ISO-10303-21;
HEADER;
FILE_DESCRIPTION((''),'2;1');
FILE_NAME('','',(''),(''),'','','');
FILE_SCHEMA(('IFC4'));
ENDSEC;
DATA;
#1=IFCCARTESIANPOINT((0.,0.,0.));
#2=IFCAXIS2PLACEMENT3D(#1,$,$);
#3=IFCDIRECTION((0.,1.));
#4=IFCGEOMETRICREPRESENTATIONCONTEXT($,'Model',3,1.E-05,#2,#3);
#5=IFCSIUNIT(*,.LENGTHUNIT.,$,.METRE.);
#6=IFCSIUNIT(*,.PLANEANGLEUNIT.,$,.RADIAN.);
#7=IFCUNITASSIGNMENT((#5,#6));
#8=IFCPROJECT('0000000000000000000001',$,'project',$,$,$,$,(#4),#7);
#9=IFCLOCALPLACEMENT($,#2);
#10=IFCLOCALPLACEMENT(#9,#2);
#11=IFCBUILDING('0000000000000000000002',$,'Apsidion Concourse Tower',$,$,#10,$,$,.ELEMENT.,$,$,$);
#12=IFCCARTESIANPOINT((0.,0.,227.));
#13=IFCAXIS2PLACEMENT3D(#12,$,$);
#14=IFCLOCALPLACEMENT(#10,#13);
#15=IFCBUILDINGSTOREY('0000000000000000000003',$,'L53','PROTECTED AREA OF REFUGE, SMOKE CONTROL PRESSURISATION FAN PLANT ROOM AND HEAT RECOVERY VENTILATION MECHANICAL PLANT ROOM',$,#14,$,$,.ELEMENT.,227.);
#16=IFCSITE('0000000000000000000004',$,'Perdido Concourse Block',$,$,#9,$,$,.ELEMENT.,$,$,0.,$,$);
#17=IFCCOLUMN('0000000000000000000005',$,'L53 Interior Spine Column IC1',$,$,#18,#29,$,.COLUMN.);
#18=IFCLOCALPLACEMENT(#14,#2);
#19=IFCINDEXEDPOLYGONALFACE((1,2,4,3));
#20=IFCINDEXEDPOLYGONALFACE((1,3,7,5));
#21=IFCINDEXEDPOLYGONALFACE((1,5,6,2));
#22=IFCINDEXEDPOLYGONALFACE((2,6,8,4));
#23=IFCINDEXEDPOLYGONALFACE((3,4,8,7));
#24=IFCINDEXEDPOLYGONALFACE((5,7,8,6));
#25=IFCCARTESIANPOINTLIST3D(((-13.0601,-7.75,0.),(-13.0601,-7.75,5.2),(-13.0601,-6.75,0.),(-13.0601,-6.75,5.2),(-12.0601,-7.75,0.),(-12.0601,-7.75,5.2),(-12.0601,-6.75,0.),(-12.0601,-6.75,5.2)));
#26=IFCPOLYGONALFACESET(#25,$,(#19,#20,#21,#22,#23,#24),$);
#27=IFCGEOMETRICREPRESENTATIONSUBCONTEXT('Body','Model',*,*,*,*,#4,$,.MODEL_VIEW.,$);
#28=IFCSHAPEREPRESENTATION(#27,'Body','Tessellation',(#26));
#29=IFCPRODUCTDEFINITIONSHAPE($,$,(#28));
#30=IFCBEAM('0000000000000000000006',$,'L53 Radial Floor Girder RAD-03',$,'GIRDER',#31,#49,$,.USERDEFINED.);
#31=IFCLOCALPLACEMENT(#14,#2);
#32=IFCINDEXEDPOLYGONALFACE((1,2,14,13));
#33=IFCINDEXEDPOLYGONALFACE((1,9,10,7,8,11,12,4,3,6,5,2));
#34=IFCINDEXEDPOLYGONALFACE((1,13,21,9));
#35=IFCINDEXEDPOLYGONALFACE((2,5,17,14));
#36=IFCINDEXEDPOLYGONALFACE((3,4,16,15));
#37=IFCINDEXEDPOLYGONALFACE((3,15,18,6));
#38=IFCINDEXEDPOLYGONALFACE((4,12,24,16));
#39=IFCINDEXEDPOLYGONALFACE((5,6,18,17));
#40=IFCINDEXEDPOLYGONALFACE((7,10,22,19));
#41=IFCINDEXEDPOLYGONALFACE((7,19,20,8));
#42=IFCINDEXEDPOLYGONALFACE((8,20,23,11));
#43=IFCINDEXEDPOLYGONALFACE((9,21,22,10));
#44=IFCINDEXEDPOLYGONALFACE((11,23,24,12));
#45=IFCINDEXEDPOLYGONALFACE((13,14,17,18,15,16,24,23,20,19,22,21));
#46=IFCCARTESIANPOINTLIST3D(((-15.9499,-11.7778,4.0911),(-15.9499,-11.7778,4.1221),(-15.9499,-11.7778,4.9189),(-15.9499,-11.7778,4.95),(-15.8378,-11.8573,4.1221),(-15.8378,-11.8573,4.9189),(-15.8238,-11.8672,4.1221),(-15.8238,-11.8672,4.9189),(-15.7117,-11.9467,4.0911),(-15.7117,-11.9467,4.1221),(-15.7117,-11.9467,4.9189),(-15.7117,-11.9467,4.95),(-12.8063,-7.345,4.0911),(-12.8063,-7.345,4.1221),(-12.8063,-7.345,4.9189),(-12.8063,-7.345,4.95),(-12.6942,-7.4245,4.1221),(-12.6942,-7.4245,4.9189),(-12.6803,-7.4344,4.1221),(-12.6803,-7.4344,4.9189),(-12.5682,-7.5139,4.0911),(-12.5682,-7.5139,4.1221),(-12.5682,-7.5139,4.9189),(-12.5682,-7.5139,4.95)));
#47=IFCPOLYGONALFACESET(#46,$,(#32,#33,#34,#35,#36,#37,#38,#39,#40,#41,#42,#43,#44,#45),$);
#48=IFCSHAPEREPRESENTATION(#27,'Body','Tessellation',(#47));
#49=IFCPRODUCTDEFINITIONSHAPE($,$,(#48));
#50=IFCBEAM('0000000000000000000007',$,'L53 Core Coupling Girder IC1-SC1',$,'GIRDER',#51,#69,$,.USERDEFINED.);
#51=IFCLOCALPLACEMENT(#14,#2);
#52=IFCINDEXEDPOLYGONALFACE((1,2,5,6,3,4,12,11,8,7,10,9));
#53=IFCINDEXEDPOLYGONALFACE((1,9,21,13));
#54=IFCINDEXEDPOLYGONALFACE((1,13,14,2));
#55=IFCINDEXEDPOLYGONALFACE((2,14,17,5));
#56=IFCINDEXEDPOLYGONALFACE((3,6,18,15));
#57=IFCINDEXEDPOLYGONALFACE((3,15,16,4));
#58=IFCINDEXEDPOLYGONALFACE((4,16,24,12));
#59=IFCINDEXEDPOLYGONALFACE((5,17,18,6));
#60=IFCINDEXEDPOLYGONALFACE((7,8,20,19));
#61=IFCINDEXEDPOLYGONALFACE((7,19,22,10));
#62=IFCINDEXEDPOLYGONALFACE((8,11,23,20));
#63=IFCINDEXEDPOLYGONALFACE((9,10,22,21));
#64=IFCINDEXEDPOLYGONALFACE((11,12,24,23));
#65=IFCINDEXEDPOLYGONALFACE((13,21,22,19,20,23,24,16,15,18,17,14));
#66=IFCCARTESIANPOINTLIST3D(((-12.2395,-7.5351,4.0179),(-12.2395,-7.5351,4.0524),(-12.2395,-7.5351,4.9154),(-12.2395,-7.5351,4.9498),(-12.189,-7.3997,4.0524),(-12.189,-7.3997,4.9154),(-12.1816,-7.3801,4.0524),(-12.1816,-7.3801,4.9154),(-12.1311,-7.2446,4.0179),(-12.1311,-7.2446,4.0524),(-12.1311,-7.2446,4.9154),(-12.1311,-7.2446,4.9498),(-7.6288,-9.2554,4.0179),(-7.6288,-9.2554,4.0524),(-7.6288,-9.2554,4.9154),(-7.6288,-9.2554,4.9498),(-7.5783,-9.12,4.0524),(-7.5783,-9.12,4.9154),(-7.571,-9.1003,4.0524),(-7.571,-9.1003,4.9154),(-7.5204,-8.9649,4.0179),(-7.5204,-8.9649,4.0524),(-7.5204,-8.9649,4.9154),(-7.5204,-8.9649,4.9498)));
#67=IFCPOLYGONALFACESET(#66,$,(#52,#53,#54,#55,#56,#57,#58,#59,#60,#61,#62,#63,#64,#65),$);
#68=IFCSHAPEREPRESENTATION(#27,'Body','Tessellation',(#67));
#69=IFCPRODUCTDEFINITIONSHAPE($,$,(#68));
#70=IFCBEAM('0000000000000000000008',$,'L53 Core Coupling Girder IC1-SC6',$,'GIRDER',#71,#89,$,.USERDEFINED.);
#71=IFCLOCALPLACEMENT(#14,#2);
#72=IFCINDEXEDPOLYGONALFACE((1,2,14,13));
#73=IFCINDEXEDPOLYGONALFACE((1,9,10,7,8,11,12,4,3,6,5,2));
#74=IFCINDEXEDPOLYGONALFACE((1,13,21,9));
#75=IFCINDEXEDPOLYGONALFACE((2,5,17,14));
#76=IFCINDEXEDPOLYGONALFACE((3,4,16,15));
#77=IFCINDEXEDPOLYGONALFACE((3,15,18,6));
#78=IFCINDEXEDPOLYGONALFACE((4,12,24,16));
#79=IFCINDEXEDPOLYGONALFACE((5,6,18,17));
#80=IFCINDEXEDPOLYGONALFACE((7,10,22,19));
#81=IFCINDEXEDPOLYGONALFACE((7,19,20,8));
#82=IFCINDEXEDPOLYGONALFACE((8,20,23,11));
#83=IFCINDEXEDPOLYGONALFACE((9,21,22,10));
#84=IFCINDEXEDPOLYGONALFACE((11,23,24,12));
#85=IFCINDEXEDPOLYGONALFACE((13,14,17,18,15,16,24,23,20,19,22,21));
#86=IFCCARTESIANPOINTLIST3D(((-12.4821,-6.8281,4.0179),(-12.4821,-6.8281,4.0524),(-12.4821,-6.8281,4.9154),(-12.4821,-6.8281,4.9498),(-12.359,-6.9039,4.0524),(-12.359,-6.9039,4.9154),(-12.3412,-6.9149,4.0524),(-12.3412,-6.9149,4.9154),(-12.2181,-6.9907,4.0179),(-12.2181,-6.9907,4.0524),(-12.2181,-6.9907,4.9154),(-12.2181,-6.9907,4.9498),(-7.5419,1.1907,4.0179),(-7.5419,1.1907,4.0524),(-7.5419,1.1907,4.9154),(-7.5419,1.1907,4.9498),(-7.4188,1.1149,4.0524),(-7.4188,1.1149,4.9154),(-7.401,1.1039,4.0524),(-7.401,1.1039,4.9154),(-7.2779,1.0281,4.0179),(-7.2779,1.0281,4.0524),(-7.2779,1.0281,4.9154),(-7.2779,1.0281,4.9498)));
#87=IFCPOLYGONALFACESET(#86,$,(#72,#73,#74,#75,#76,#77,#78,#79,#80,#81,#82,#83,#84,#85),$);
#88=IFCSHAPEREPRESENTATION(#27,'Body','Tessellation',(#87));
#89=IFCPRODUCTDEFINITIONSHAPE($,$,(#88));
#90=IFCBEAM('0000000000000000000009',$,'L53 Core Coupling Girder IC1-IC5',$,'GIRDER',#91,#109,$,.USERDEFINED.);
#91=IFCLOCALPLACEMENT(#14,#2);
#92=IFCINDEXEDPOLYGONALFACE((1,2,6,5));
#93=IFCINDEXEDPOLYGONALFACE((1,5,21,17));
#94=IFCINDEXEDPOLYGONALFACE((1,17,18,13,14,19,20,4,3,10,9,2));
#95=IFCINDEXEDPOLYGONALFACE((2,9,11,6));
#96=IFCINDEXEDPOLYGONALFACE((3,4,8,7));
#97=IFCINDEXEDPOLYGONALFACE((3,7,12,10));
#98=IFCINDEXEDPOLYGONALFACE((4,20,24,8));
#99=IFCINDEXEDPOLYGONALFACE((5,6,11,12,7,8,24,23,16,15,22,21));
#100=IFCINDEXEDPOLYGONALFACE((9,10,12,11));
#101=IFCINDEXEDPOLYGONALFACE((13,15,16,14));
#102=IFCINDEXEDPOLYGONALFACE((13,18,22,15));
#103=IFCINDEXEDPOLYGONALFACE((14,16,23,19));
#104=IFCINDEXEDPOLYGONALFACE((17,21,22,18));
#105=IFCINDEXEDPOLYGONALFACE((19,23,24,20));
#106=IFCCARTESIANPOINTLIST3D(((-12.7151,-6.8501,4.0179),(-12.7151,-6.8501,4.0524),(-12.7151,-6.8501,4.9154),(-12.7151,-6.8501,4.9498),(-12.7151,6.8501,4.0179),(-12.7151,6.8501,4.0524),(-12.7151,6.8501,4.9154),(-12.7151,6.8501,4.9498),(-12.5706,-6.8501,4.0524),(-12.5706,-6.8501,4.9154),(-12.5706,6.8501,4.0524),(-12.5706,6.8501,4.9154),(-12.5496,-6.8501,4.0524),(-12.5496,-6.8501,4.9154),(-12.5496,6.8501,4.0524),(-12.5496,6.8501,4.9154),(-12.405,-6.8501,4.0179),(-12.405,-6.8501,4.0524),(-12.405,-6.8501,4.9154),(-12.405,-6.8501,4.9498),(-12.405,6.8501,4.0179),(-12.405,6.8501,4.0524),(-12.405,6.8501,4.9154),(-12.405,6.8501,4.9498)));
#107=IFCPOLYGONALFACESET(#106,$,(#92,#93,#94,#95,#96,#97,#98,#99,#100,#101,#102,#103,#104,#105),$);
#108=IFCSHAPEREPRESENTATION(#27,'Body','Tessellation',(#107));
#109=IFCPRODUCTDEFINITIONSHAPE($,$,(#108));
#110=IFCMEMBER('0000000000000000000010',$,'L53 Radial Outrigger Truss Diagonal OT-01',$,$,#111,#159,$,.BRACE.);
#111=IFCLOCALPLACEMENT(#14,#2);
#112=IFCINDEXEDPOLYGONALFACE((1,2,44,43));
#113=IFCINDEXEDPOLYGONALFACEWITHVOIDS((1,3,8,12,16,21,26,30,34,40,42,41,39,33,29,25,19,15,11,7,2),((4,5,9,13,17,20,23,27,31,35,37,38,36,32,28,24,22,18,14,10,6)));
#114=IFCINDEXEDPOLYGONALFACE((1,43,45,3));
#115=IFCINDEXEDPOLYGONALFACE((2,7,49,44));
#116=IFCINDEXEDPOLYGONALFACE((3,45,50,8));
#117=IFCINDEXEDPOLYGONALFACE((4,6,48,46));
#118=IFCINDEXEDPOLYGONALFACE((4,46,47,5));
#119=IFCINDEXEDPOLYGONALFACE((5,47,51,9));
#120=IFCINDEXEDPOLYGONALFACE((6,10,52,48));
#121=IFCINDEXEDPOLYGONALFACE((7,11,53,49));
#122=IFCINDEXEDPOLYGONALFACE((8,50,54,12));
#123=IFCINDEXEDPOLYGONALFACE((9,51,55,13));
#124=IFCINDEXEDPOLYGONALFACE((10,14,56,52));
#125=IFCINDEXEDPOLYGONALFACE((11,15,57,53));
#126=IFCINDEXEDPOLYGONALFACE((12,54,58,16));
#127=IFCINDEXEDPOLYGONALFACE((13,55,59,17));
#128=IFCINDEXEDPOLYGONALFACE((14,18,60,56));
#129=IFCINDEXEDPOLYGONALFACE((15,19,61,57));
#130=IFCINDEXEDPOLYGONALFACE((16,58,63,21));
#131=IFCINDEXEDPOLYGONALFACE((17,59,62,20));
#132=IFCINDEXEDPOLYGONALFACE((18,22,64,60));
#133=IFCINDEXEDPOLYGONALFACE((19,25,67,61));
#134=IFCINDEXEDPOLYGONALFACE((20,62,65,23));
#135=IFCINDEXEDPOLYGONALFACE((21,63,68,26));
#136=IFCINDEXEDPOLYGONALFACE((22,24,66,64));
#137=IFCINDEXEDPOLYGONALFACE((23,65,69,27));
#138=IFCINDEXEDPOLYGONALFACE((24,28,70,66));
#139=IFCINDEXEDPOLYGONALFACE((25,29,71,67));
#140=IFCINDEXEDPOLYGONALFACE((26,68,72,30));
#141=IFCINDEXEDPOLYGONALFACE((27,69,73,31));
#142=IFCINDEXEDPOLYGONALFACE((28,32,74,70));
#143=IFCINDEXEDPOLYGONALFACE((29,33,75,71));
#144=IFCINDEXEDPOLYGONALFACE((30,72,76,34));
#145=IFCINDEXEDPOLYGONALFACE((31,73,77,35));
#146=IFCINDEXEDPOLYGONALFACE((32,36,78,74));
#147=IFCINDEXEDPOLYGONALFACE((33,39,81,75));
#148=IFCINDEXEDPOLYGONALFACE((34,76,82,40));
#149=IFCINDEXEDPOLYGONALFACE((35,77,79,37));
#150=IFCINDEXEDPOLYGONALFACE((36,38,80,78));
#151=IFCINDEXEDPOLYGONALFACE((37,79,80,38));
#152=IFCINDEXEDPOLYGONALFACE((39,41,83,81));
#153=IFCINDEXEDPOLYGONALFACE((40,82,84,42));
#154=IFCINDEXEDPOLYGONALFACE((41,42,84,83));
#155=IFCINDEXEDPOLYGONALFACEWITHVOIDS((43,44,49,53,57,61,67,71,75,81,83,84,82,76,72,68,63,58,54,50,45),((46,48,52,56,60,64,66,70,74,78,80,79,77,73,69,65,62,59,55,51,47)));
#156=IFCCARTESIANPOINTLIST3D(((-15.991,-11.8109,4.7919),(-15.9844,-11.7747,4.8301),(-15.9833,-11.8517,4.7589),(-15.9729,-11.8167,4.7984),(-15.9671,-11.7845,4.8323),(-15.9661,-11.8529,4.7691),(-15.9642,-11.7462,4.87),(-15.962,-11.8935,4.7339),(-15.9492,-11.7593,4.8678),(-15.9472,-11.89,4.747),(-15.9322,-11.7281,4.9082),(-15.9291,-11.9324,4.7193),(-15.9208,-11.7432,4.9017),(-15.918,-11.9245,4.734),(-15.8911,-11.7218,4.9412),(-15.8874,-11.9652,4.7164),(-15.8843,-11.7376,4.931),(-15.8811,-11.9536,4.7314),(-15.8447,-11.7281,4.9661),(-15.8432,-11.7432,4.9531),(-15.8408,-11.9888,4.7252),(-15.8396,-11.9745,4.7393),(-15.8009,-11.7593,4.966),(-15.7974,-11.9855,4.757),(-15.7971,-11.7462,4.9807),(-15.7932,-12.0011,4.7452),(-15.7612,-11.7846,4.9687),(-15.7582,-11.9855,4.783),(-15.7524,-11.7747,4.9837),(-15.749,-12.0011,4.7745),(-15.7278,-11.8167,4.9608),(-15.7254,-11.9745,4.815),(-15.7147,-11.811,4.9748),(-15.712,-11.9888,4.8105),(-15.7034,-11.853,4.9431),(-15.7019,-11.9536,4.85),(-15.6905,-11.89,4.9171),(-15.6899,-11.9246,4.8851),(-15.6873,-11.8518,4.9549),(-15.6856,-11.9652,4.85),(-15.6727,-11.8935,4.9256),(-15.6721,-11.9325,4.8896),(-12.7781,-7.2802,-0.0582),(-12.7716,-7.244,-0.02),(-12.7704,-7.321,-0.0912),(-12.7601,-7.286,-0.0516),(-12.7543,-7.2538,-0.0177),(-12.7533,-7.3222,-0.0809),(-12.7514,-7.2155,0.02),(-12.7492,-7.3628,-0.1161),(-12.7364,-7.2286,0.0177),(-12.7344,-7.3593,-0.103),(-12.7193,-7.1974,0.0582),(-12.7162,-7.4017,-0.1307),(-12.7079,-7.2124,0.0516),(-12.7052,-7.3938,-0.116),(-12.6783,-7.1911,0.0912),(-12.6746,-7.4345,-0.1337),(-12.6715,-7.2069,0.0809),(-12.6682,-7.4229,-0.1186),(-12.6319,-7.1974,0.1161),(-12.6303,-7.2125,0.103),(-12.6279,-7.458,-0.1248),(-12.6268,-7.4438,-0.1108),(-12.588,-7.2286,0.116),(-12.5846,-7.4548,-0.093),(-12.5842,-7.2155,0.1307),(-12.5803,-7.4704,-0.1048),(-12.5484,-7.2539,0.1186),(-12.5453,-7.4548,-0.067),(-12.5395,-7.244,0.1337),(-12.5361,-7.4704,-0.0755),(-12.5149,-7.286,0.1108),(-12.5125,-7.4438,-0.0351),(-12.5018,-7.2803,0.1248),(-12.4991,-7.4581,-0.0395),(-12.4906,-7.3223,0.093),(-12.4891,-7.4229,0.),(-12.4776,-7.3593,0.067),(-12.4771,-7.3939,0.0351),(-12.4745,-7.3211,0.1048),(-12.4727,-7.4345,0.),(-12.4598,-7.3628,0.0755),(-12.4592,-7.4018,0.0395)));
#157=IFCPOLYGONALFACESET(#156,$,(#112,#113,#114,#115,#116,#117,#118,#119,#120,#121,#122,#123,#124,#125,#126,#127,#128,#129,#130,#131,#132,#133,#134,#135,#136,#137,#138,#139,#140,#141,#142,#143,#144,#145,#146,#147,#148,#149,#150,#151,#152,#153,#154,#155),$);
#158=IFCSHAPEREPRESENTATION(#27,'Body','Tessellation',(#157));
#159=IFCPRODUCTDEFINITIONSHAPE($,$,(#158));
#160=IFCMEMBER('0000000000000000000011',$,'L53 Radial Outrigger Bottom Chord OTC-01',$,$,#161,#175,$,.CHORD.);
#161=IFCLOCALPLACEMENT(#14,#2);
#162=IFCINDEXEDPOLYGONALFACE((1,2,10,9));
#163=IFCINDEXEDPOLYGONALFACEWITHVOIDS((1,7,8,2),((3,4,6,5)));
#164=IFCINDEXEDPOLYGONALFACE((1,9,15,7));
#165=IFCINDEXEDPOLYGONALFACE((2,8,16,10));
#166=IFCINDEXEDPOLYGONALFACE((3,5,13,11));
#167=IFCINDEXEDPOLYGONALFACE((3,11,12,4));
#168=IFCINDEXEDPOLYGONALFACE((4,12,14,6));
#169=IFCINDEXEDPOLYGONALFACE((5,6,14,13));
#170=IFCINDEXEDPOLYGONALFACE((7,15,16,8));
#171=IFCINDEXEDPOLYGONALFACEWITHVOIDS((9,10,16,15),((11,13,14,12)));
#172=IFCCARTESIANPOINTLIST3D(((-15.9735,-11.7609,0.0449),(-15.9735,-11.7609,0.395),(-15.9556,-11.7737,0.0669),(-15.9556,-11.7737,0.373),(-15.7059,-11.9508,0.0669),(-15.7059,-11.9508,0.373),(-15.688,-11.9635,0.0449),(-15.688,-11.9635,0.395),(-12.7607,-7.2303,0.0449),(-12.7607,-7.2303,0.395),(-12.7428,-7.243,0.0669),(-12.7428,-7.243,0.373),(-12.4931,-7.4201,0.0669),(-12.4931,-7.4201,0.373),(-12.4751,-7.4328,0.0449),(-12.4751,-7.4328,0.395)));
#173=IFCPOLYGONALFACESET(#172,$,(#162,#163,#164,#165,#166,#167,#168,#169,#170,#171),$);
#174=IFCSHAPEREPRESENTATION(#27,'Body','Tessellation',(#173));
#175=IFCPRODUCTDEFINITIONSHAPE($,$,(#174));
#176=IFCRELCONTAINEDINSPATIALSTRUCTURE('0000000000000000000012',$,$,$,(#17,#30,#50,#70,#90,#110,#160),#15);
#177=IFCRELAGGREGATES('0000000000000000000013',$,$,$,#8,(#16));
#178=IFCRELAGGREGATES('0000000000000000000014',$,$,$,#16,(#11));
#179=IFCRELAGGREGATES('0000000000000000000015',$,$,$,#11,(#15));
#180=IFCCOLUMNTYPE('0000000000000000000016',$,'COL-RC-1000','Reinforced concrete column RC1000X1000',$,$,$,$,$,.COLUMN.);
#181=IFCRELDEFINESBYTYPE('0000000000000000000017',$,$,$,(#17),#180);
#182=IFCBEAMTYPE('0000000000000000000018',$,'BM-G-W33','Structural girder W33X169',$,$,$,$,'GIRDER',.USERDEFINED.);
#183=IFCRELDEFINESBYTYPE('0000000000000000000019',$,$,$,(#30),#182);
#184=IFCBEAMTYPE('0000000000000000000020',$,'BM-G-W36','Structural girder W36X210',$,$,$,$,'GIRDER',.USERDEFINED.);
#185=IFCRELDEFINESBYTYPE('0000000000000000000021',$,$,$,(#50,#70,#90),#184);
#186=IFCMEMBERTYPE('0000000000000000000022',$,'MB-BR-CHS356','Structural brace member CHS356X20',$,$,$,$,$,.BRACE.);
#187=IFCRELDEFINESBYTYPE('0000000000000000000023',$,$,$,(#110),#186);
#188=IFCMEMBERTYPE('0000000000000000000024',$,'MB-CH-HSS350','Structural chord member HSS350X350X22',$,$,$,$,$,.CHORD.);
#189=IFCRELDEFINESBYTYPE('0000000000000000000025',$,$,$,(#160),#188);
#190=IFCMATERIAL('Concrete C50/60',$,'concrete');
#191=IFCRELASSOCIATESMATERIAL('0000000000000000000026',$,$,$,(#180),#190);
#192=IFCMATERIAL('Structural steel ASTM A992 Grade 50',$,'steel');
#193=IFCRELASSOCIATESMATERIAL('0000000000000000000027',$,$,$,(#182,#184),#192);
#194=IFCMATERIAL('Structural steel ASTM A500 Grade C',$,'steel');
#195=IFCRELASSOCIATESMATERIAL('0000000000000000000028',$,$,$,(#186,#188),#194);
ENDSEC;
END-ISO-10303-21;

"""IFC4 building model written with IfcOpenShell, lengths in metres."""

from ifc_helpers import new_model, si_unit, direction, frame, origin, origin_2d, place, context, subcontext, project, spatial, rectangle, hollow_rectangle, hollow_circle, i_section, extrude, material, material_profile, profile_set, type_object, element, save


model = new_model("IFC4")

# Units and contexts
model_context = context("Model", 3, precision=1e-05, world=origin(), true_north=direction((0.0, 1.0)))
body_context = subcontext(model_context, "Body", "Model", "MODEL_VIEW")
ifc_project = project(units=[si_unit("LENGTHUNIT", "METRE"), si_unit("PLANEANGLEUNIT", "RADIAN")], contexts=[model_context])

# Site, building, storey
site_placement = place(None, origin())
site = spatial("IfcSite", under=ifc_project, at=site_placement, Name="Perdido Concourse Block", CompositionType="ELEMENT", RefElevation=0.0)
building_placement = place(site_placement, origin())
building = spatial("IfcBuilding", under=site, at=building_placement, Name="Apsidion Concourse Tower", CompositionType="ELEMENT")
storey_placement = place(building_placement, frame((0.0, 0.0, 227.0)))
storey = spatial("IfcBuildingStorey", under=building, at=storey_placement, Name="L53", Description="PROTECTED AREA OF REFUGE, SMOKE CONTROL PRESSURISATION FAN PLANT ROOM AND HEAT RECOVERY VENTILATION MECHANICAL PLANT ROOM", CompositionType="ELEMENT", Elevation=227.0)

# Column
ifc_material_1 = material(Name="Concrete C50/60", Category="concrete")
ifc_material_profile_1 = material_profile(ifc_material_1, rectangle(XDim=1.0, YDim=1.0, at=origin_2d()), Name="RC 1000x1000")
ifc_profile_set_1 = profile_set([ifc_material_profile_1], Name="Concrete C50/60")
column_type = type_object("IfcColumnType", Name="COL-RC-1000", Description="Reinforced concrete column RC1000X1000", PredefinedType="COLUMN", material=ifc_profile_set_1)
column_placement = place(storey_placement, frame((-12.5601, -7.25, 0.0), z_axis=(0.0, 0.0, 1.0), x_axis=(1.0, 0.0, 0.0)))
element("IfcColumn", 1, at=column_placement, inside=storey, type_object=column_type, Name="L53 Interior Spine Column IC1", PredefinedType="COLUMN", context=body_context, shape_type="SweptSolid", body=[
    extrude(rectangle(XDim=1.0, YDim=1.0, at=origin_2d()), origin(), (0.0, 0.0, 1.0), 5.2),
])

# Beams
ifc_material_2 = material(Name="Structural steel ASTM A992 Grade 50", Category="steel")
ifc_material_profile_2 = material_profile(ifc_material_2, i_section(OverallWidth=0.292, OverallDepth=0.8589, WebThickness=0.0171, FlangeThickness=0.031, at=origin_2d()), Name="W33X169")
ifc_profile_set_2 = profile_set([ifc_material_profile_2], Name="Structural steel ASTM A992 Grade 50")
beam_type_1 = type_object("IfcBeamType", Name="BM-G-W33", Description="Structural girder W33X169", ElementType="GIRDER", PredefinedType="USERDEFINED", material=ifc_profile_set_2)
beam_1_placement = place(storey_placement, frame((-12.6873, -7.4294, 4.5205), z_axis=(-0.57846, -0.815711, 0.0), x_axis=(0.815711, -0.57846, 0.0)))
element("IfcBeam", 2, at=beam_1_placement, inside=storey, type_object=beam_type_1, Name="L53 Radial Floor Girder RAD-03", ObjectType="GIRDER", PredefinedType="USERDEFINED", context=body_context, shape_type="SweptSolid", body=[
    extrude(i_section(OverallWidth=0.292, OverallDepth=0.8589, WebThickness=0.0171, FlangeThickness=0.031, at=origin_2d()), origin(), (0.0, 0.0, 1.0), 5.4343),
])
ifc_material_profile_3 = material_profile(ifc_material_2, i_section(OverallWidth=0.3101, OverallDepth=0.9319, WebThickness=0.021, FlangeThickness=0.0344, at=origin_2d()), Name="W36X210")
ifc_profile_set_3 = profile_set([ifc_material_profile_3], Name="Structural steel ASTM A992 Grade 50")
beam_type_2 = type_object("IfcBeamType", Name="BM-G-W36", Description="Structural girder W36X210", ElementType="GIRDER", PredefinedType="USERDEFINED", material=ifc_profile_set_3)
beam_2_placement = place(storey_placement, frame((-12.1853, -7.3899, 4.4839), z_axis=(0.936913, -0.349563, 0.0), x_axis=(0.349563, 0.936913, 0.0)))
element("IfcBeam", 3, at=beam_2_placement, inside=storey, type_object=beam_type_2, Name="L53 Core Coupling Girder IC1-SC1", ObjectType="GIRDER", PredefinedType="USERDEFINED", context=body_context, shape_type="SweptSolid", body=[
    extrude(i_section(OverallWidth=0.3101, OverallDepth=0.9319, WebThickness=0.021, FlangeThickness=0.0344, at=origin_2d()), origin(), (0.0, 0.0, 1.0), 4.9211),
])
beam_3_placement = place(storey_placement, frame((-12.3501, -6.9094, 4.4839), z_axis=(0.524524, 0.851396, 0.0), x_axis=(-0.851396, 0.524524, 0.0)))
element("IfcBeam", 4, at=beam_3_placement, inside=storey, type_object=beam_type_2, Name="L53 Core Coupling Girder IC1-SC6", ObjectType="GIRDER", PredefinedType="USERDEFINED", context=body_context, shape_type="SweptSolid", body=[
    extrude(i_section(OverallWidth=0.3101, OverallDepth=0.9319, WebThickness=0.021, FlangeThickness=0.0344, at=origin_2d()), origin(), (0.0, 0.0, 1.0), 9.4185),
])
beam_4_placement = place(storey_placement, frame((-12.5601, -6.8501, 4.4839), z_axis=(0.0, 1.0, 0.0), x_axis=(-1.0, 0.0, 0.0)))
element("IfcBeam", 5, at=beam_4_placement, inside=storey, type_object=beam_type_2, Name="L53 Core Coupling Girder IC1-IC5", ObjectType="GIRDER", PredefinedType="USERDEFINED", context=body_context, shape_type="SweptSolid", body=[
    extrude(i_section(OverallWidth=0.3101, OverallDepth=0.9319, WebThickness=0.021, FlangeThickness=0.0344, at=origin_2d()), origin(), (0.0, 0.0, 1.0), 13.7002),
])

# Members
ifc_material_3 = material(Name="Structural steel ASTM A500 Grade C", Category="steel")
ifc_material_profile_4 = material_profile(ifc_material_3, hollow_circle(Radius=0.178, WallThickness=0.02, at=origin_2d()), Name="CHS356X20")
ifc_profile_set_4 = profile_set([ifc_material_profile_4], Name="Structural steel ASTM A500 Grade C")
member_type_1 = type_object("IfcMemberType", Name="MB-BR-CHS356", Description="Structural brace member CHS356X20", PredefinedType="BRACE", material=ifc_profile_set_4)
member_1_placement = place(storey_placement, frame((-12.6179, -7.3315, 0.0), z_axis=(-0.435713, -0.614435, 0.657741), x_axis=(0.815719, -0.578449, 0.0)))
element("IfcMember", 6, at=member_1_placement, inside=storey, type_object=member_type_1, Name="L53 Radial Outrigger Truss Diagonal OT-01", PredefinedType="BRACE", context=body_context, shape_type="SweptSolid", body=[
    extrude(hollow_circle(Radius=0.178, WallThickness=0.02, at=origin_2d()), origin(), (0.0, 0.0, 1.0), 7.3738),
])
ifc_material_profile_5 = material_profile(ifc_material_3, hollow_rectangle(XDim=0.3501, YDim=0.3501, WallThickness=0.022, at=origin_2d()), Name="HSS350X350X22")
ifc_profile_set_5 = profile_set([ifc_material_profile_5], Name="Structural steel ASTM A500 Grade C")
member_type_2 = type_object("IfcMemberType", Name="MB-CH-HSS350", Description="Structural chord member HSS350X350X22", PredefinedType="CHORD", material=ifc_profile_set_5)
member_2_placement = place(storey_placement, frame((-12.6179, -7.3315, 0.22), z_axis=(-0.578449, -0.815719, 0.0), x_axis=(0.815719, -0.578449, 0.0)))
element("IfcMember", 7, at=member_2_placement, inside=storey, type_object=member_type_2, Name="L53 Radial Outrigger Bottom Chord OTC-01", PredefinedType="CHORD", context=body_context, shape_type="SweptSolid", body=[
    extrude(hollow_rectangle(XDim=0.3501, YDim=0.3501, WallThickness=0.022, at=origin_2d()), origin(), (0.0, 0.0, 1.0), 5.5542),
])

save(model, "model.ifc")
